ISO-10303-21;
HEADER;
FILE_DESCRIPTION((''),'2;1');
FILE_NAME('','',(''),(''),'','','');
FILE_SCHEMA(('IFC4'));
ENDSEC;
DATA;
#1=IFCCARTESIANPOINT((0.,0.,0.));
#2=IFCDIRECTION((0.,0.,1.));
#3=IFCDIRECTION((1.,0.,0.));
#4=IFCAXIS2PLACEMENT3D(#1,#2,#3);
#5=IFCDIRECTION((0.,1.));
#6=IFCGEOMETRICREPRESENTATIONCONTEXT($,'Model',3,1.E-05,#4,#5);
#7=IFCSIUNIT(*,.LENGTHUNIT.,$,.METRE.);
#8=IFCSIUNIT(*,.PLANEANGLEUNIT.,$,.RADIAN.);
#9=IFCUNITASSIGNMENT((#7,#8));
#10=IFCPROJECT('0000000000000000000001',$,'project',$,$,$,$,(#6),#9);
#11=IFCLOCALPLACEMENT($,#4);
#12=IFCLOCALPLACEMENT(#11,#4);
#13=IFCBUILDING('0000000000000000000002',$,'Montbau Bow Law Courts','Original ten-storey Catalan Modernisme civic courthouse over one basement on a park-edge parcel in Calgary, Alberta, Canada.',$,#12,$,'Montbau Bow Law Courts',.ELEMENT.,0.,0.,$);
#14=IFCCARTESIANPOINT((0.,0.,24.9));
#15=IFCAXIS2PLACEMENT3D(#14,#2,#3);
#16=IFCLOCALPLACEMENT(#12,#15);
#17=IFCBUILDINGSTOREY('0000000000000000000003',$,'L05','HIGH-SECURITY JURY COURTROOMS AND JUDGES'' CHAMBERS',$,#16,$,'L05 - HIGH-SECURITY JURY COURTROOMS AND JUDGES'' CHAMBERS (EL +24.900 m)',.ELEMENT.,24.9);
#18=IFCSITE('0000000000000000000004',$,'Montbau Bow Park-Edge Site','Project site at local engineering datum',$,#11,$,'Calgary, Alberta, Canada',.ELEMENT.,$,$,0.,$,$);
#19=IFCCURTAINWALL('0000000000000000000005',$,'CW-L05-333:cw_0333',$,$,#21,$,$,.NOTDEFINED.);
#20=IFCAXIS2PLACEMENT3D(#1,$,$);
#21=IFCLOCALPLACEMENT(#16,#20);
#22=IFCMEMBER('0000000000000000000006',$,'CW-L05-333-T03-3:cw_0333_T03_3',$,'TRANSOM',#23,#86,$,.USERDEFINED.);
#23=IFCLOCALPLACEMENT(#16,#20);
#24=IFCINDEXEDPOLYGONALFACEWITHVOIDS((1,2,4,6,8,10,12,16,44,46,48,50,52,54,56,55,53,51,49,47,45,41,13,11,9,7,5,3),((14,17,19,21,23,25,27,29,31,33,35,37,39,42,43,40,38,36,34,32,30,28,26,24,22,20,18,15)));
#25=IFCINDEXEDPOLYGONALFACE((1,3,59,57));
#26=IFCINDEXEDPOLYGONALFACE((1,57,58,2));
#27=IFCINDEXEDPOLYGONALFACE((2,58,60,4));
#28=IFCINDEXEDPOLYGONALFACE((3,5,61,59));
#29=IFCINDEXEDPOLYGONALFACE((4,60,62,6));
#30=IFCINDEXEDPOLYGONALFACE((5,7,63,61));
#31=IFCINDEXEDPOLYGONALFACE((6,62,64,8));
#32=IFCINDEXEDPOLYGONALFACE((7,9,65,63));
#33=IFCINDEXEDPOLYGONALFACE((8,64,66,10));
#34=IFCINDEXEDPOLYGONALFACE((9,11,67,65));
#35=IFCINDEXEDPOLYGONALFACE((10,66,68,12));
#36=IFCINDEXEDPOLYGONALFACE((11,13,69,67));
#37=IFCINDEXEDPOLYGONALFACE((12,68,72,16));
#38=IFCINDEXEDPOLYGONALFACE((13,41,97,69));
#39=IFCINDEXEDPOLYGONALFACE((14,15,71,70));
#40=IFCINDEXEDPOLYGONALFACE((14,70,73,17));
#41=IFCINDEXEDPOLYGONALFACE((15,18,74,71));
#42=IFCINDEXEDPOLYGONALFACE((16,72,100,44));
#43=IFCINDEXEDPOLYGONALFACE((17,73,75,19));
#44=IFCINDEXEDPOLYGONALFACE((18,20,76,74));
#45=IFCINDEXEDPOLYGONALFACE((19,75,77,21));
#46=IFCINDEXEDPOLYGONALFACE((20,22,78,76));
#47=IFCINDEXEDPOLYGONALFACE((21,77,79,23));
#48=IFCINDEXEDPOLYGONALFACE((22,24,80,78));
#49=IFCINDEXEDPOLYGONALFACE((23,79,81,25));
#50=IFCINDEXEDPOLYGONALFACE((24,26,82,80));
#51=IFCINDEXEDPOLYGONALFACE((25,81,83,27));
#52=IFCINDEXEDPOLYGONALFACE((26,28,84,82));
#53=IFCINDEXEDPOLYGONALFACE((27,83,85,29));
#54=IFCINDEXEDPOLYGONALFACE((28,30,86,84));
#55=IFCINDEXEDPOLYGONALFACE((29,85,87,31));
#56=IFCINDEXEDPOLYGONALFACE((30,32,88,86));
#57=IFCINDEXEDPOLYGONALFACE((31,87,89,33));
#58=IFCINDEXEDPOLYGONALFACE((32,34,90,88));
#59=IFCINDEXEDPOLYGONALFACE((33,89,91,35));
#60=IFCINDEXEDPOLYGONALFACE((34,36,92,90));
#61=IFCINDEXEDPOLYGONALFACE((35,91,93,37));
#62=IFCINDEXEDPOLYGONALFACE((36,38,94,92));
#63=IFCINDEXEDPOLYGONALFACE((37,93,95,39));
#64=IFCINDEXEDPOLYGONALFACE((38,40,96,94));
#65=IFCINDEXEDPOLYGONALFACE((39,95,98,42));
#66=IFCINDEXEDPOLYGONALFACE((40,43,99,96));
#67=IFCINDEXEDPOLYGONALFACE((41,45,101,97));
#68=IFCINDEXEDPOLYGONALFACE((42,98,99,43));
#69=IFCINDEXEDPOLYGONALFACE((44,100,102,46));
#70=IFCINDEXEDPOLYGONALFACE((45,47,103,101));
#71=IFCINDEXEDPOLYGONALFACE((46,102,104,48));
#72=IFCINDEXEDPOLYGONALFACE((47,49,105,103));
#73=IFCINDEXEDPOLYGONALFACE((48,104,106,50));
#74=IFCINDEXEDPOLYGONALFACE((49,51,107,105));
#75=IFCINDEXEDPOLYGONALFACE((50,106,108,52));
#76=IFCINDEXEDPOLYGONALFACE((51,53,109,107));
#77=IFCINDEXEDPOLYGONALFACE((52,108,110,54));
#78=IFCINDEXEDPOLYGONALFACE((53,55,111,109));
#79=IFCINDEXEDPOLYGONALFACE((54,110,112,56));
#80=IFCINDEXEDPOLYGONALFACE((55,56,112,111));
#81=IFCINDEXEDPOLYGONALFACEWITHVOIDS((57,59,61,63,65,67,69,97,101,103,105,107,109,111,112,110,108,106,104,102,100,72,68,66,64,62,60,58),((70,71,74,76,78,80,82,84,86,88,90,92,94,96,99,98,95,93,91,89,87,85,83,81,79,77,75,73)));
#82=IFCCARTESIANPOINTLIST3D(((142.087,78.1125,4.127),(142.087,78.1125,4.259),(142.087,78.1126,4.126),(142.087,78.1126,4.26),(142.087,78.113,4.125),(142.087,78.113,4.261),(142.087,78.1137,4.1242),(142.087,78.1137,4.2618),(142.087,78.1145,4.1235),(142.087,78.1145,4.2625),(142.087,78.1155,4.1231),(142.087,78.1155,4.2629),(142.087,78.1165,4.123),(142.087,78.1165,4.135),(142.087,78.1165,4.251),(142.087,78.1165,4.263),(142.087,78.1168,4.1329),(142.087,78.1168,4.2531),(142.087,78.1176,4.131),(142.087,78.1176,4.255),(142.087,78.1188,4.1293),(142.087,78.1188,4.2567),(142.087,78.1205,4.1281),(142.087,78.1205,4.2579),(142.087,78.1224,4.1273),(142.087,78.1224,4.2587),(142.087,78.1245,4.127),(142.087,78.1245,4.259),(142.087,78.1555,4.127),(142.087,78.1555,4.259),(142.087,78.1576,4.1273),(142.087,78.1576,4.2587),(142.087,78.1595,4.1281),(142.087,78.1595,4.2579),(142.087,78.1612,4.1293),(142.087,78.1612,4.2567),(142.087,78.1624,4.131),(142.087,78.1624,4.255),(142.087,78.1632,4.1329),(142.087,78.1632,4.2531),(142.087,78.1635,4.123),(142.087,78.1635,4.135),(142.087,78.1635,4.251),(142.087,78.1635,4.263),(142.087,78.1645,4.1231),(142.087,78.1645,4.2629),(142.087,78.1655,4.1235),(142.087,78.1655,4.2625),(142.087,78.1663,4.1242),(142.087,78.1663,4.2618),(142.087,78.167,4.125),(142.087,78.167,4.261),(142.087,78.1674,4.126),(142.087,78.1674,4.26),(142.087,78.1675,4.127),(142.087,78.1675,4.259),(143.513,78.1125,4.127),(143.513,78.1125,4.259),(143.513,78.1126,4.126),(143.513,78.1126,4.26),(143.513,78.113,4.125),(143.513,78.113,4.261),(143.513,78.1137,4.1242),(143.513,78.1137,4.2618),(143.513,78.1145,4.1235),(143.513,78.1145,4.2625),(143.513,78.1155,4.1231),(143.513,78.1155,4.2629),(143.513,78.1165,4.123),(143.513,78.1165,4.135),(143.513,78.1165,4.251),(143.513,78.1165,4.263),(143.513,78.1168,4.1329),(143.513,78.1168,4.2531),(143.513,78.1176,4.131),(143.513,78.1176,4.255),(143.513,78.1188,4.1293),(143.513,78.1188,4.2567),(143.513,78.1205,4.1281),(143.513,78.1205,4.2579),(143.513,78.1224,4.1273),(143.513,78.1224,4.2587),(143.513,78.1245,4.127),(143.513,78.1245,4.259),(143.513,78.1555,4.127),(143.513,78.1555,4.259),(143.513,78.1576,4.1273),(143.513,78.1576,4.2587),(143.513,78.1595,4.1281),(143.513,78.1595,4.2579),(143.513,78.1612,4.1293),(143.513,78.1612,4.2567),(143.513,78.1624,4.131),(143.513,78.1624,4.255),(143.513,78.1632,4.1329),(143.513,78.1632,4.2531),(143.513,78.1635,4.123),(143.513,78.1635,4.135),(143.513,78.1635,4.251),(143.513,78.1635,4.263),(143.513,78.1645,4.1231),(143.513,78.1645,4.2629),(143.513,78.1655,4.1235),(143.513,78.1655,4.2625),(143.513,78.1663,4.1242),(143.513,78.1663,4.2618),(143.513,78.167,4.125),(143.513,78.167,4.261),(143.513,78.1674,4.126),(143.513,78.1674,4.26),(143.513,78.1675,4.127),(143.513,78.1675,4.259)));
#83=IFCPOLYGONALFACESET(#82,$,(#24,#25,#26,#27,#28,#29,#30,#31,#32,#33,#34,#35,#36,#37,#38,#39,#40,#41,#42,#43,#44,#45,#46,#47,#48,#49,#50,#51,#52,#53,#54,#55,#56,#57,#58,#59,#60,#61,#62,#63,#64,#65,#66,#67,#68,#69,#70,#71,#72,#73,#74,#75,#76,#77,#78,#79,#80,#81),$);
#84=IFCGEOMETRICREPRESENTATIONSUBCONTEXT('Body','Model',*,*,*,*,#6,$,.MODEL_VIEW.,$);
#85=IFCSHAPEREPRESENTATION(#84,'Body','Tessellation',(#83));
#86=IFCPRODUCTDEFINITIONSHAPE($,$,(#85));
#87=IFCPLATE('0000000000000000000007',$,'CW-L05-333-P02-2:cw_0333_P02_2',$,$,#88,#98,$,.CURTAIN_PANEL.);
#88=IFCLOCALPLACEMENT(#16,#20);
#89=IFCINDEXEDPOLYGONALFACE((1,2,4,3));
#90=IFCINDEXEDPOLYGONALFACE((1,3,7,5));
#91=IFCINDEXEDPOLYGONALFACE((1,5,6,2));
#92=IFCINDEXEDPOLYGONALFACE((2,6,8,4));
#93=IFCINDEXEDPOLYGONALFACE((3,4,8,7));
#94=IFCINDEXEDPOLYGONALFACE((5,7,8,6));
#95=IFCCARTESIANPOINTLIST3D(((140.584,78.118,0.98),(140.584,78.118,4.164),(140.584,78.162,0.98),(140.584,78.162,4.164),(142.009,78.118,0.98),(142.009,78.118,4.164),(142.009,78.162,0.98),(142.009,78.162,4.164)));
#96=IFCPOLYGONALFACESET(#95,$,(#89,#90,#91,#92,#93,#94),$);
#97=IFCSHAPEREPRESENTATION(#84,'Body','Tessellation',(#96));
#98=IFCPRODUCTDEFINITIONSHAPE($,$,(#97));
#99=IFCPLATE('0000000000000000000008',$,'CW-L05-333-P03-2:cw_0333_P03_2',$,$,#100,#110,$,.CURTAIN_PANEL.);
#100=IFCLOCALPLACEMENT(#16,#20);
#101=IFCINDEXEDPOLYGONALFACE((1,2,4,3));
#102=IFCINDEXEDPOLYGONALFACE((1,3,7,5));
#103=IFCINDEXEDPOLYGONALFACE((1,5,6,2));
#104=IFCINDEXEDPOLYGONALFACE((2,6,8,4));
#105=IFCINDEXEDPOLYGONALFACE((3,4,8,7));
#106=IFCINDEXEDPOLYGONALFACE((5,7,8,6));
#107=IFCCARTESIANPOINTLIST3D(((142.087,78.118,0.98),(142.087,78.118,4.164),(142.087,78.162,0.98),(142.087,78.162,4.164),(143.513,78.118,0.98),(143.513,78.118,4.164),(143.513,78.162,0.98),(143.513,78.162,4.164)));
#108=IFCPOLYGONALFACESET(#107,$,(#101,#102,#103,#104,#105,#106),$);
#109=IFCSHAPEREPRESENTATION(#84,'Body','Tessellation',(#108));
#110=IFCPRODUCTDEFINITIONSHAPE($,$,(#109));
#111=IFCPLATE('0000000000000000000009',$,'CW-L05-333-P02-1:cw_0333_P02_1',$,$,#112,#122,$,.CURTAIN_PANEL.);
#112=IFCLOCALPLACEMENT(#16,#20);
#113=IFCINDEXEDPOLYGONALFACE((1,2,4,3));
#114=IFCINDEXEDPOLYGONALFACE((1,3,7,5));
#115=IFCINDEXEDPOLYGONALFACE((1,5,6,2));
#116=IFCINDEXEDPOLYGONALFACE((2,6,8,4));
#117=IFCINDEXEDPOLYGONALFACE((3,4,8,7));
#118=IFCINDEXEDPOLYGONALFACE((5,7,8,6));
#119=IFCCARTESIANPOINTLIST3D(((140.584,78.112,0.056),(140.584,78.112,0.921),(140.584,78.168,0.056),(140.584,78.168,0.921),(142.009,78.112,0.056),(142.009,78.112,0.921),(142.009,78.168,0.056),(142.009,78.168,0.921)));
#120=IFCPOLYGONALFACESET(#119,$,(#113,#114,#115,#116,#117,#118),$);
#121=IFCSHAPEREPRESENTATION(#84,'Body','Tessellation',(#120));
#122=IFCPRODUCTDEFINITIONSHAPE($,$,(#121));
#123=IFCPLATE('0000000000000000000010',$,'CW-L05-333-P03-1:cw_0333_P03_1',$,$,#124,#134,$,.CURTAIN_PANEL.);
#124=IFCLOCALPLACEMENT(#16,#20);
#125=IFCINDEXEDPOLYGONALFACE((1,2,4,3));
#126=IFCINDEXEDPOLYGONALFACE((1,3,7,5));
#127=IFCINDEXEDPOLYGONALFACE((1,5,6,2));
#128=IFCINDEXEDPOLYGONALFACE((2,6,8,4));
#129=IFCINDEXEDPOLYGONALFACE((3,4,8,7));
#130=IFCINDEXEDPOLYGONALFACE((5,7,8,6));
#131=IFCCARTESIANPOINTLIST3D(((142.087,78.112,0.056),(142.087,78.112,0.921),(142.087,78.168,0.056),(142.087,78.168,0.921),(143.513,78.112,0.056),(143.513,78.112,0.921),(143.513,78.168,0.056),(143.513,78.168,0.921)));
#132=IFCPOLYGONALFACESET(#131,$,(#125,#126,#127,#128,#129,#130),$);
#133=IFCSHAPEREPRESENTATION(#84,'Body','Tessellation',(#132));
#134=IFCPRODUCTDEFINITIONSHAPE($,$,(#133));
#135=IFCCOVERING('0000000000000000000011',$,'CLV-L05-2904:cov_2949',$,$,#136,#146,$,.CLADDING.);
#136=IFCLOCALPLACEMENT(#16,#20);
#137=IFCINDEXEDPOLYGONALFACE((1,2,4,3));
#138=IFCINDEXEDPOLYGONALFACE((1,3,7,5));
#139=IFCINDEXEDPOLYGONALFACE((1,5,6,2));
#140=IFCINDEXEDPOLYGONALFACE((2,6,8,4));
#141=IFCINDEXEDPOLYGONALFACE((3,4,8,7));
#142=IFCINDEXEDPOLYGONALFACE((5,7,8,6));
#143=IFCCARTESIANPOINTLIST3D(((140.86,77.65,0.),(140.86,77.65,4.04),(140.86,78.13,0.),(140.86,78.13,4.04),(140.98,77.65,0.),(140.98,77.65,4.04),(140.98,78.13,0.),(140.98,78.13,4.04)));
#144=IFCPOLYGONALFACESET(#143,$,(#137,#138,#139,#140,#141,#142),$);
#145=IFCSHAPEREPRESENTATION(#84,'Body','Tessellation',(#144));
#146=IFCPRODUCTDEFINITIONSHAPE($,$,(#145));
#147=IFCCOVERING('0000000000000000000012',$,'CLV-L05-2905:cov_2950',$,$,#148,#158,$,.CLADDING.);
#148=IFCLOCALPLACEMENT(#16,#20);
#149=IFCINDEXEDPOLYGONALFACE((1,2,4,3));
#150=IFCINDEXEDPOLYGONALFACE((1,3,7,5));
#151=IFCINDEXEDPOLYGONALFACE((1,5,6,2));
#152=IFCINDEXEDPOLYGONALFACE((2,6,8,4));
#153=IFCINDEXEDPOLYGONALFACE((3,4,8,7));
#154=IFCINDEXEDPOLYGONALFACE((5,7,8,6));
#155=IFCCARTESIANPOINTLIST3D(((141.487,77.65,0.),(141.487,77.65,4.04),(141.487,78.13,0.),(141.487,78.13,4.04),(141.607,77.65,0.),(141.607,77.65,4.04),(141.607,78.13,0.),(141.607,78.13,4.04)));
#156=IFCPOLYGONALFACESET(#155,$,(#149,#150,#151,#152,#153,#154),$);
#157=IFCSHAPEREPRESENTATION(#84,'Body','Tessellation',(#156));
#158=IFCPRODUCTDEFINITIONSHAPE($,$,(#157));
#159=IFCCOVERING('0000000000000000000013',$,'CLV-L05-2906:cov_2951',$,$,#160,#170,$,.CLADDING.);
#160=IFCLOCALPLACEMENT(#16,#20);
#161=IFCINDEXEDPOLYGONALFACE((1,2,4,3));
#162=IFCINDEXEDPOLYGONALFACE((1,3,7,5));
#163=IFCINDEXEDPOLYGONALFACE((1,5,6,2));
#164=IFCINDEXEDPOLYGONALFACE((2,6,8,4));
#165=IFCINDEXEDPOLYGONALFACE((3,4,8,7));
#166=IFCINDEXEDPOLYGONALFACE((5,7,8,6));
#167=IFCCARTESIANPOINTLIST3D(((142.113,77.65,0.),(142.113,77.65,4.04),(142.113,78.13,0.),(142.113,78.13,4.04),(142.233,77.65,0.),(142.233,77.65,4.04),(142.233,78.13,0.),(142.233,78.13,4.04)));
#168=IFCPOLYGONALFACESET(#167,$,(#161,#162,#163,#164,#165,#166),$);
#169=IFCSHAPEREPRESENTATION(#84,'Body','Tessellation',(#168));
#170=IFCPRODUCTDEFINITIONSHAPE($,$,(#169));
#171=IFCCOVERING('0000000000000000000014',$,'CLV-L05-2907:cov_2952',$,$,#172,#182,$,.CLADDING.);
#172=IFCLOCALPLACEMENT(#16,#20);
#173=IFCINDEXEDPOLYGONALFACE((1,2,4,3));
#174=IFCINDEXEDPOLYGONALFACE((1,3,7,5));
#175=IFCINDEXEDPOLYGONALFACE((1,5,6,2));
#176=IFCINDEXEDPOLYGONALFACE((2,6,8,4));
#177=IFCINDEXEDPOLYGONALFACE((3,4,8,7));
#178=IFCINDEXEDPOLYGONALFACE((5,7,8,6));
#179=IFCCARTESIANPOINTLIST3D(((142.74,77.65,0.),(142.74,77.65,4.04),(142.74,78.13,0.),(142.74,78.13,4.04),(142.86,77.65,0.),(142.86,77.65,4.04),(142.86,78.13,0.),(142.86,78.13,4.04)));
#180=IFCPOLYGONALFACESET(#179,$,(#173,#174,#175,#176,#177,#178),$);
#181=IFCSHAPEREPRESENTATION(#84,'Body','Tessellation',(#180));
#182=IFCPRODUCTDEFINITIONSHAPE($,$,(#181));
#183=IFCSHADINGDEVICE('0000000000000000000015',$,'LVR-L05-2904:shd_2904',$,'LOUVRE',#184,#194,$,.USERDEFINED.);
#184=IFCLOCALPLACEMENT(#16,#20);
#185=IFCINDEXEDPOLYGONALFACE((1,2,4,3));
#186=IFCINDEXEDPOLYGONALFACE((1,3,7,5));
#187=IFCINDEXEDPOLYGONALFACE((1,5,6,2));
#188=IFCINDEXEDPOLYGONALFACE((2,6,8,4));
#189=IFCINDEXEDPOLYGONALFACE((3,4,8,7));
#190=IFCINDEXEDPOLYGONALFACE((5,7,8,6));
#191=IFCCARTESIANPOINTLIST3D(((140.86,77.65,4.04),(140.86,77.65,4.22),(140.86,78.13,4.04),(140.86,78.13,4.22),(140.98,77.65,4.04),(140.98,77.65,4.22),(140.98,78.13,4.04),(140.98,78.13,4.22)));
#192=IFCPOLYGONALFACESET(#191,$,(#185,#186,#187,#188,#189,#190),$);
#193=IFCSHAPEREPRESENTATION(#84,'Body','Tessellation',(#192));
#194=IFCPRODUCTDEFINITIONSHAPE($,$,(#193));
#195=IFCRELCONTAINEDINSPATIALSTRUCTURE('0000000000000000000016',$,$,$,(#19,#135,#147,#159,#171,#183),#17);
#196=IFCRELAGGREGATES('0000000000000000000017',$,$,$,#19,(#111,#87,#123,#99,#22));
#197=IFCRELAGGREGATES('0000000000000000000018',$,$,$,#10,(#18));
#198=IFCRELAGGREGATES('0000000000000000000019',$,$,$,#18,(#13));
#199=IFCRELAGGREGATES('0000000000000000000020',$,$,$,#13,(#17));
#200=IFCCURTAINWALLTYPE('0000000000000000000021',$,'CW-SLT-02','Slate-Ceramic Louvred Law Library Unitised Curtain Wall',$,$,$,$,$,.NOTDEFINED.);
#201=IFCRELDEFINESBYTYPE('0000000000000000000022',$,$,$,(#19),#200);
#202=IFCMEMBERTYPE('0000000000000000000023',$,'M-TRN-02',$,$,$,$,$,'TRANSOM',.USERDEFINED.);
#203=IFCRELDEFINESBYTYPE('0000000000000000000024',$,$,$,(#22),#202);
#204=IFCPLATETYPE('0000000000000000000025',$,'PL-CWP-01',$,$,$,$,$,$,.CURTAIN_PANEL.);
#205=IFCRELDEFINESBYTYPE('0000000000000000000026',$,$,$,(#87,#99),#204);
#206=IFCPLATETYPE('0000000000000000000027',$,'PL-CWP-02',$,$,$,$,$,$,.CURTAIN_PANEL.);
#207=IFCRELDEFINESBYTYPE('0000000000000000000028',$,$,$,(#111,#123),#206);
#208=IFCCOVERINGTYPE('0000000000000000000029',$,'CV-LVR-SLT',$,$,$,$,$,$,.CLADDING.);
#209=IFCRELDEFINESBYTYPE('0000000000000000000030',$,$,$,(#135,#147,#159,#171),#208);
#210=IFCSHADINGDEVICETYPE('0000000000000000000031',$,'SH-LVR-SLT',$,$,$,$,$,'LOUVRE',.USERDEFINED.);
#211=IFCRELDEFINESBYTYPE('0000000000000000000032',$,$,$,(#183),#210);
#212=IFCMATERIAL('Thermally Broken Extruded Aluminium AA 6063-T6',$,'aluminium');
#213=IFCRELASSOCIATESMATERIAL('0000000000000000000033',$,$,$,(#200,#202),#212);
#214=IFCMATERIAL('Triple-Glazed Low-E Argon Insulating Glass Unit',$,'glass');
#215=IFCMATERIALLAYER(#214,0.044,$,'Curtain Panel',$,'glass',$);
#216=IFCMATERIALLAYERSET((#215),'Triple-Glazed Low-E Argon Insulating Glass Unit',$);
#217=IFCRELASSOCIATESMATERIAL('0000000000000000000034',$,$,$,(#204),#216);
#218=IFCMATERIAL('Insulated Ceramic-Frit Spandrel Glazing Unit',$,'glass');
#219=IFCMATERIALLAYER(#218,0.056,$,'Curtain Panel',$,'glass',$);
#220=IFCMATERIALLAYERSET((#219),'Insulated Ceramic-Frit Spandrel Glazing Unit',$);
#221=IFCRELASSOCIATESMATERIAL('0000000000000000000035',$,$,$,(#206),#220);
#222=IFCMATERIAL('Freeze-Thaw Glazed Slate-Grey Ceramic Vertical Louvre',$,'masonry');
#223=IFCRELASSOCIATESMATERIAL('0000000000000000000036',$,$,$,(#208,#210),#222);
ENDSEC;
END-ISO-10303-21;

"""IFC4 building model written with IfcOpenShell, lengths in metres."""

from ifc_helpers import new_model, si_unit, direction, frame, frame_2d, origin_with_axes, origin_2d_with_axis, place, context, subcontext, project, spatial, rectangle, hollow_rectangle, extrude, material, layer, layer_set, material_profile, profile_set, type_object, element, aggregate, save


model = new_model("IFC4")

# Units and contexts
model_context = context("Model", 3, precision=1e-05, world=origin_with_axes(), true_north=direction((0.0, 1.0)))
body_context = subcontext(model_context, "Body", "Model", "MODEL_VIEW")
ifc_project = project(units=[si_unit("LENGTHUNIT", "METRE"), si_unit("PLANEANGLEUNIT", "RADIAN")], contexts=[model_context])

# Site, building, storey
site_placement = place(None, origin_with_axes())
site = spatial("IfcSite", under=ifc_project, at=site_placement, Name="Montbau Bow Park-Edge Site", Description="Project site at local engineering datum", LongName="Calgary, Alberta, Canada", CompositionType="ELEMENT", RefElevation=0.0)
building_placement = place(site_placement, origin_with_axes())
building = spatial("IfcBuilding", under=site, at=building_placement, Name="Montbau Bow Law Courts", Description="Original ten-storey Catalan Modernisme civic courthouse over one basement on a park-edge parcel in Calgary, Alberta, Canada.", LongName="Montbau Bow Law Courts", CompositionType="ELEMENT", ElevationOfRefHeight=0.0, ElevationOfTerrain=0.0)
storey_placement = place(building_placement, frame((0.0, 0.0, 24.9), z_axis=(0.0, 0.0, 1.0), x_axis=(1.0, 0.0, 0.0)))
storey = spatial("IfcBuildingStorey", under=building, at=storey_placement, Name="L05", Description="HIGH-SECURITY JURY COURTROOMS AND JUDGES' CHAMBERS", LongName="L05 - HIGH-SECURITY JURY COURTROOMS AND JUDGES' CHAMBERS (EL +24.900 m)", CompositionType="ELEMENT", Elevation=24.9)

# Curtain wall, member, plates
ifc_material_1 = material(Name="Thermally Broken Extruded Aluminium AA 6063-T6", Category="aluminium")
curtain_wall_type = type_object("IfcCurtainWallType", Name="CW-SLT-02", Description="Slate-Ceramic Louvred Law Library Unitised Curtain Wall", PredefinedType="NOTDEFINED", material=ifc_material_1)
curtain_wall_placement = place(None, frame((139.04, 78.14, 24.9), z_axis=(0.0, 0.0, 1.0), x_axis=(1.0, 0.0, 0.0)))
curtain_wall = element("IfcCurtainWall", 1, at=curtain_wall_placement, inside=storey, type_object=curtain_wall_type, Name="CW-L05-333:cw_0333", PredefinedType="NOTDEFINED")
ifc_material_profile_1 = material_profile(ifc_material_1, hollow_rectangle(XDim=0.055, YDim=0.14, WallThickness=0.004, InnerFilletRadius=0.008, OuterFilletRadius=0.004, at=origin_2d_with_axis()), Name="CWT-140X55", Category="Main", Priority=0)
ifc_profile_set_1 = profile_set([ifc_material_profile_1], Name="Thermally Broken Extruded Aluminium AA 6063-T6")
member_type_1 = type_object("IfcMemberType", Name="M-TRN-02", ElementType="TRANSOM", PredefinedType="USERDEFINED", material=ifc_profile_set_1)
member_1_placement = place(None, frame((142.087, 78.14, 29.093), z_axis=(1.0, 0.0, 0.0), x_axis=(0.0, 1.0, 0.0)))
member_1 = element("IfcMember", 2, at=member_1_placement, type_object=member_type_1, Name="CW-L05-333-T03-3:cw_0333_T03_3", ObjectType="TRANSOM", PredefinedType="USERDEFINED", context=body_context, shape_type="SweptSolid", body=[
    extrude(hollow_rectangle(XDim=0.055, YDim=0.14, WallThickness=0.004, InnerFilletRadius=0.008, OuterFilletRadius=0.004, at=origin_2d_with_axis()), origin_with_axes(), (0.0, 0.0, 1.0), 1.426),
])
ifc_material_2 = material(Name="Triple-Glazed Low-E Argon Insulating Glass Unit", Category="glass")
ifc_layer_1 = layer(ifc_material_2, 0.044, Name="Curtain Panel", Category="glass")
ifc_layer_set_1 = layer_set([ifc_layer_1], Name="Triple-Glazed Low-E Argon Insulating Glass Unit")
plate_type_1 = type_object("IfcPlateType", Name="PL-CWP-01", PredefinedType="CURTAIN_PANEL", material=ifc_layer_set_1)
plate_1_placement = place(None, frame((140.584, 78.14, 25.88), z_axis=(0.0, -1.0, 0.0), x_axis=(1.0, 0.0, 0.0)))
plate_1 = element("IfcPlate", 3, at=plate_1_placement, type_object=plate_type_1, Name="CW-L05-333-P02-2:cw_0333_P02_2", PredefinedType="CURTAIN_PANEL", context=body_context, shape_type="SweptSolid", body=[
    extrude(rectangle(XDim=1.425, YDim=3.184, at=frame_2d((0.7125, 1.592), x_axis=(1.0, 0.0))), frame((0.0, 0.0, -0.022), z_axis=(0.0, 0.0, 1.0), x_axis=(1.0, 0.0, 0.0)), (0.0, 0.0, 1.0), 0.044),
])
plate_2_placement = place(None, frame((142.087, 78.14, 25.88), z_axis=(0.0, -1.0, 0.0), x_axis=(1.0, 0.0, 0.0)))
plate_2 = element("IfcPlate", 4, at=plate_2_placement, type_object=plate_type_1, Name="CW-L05-333-P03-2:cw_0333_P03_2", PredefinedType="CURTAIN_PANEL", context=body_context, shape_type="SweptSolid", body=[
    extrude(rectangle(XDim=1.426, YDim=3.184, at=frame_2d((0.713, 1.592), x_axis=(1.0, 0.0))), frame((0.0, 0.0, -0.022), z_axis=(0.0, 0.0, 1.0), x_axis=(1.0, 0.0, 0.0)), (0.0, 0.0, 1.0), 0.044),
])
ifc_material_3 = material(Name="Insulated Ceramic-Frit Spandrel Glazing Unit", Category="glass")
ifc_layer_2 = layer(ifc_material_3, 0.056, Name="Curtain Panel", Category="glass")
ifc_layer_set_2 = layer_set([ifc_layer_2], Name="Insulated Ceramic-Frit Spandrel Glazing Unit")
plate_type_2 = type_object("IfcPlateType", Name="PL-CWP-02", PredefinedType="CURTAIN_PANEL", material=ifc_layer_set_2)
plate_3_placement = place(None, frame((140.584, 78.14, 24.956), z_axis=(0.0, -1.0, 0.0), x_axis=(1.0, 0.0, 0.0)))
plate_3 = element("IfcPlate", 5, at=plate_3_placement, type_object=plate_type_2, Name="CW-L05-333-P02-1:cw_0333_P02_1", PredefinedType="CURTAIN_PANEL", context=body_context, shape_type="SweptSolid", body=[
    extrude(rectangle(XDim=1.425, YDim=0.865, at=frame_2d((0.7125, 0.4325), x_axis=(1.0, 0.0))), frame((0.0, 0.0, -0.028), z_axis=(0.0, 0.0, 1.0), x_axis=(1.0, 0.0, 0.0)), (0.0, 0.0, 1.0), 0.056),
])
plate_4_placement = place(None, frame((142.087, 78.14, 24.956), z_axis=(0.0, -1.0, 0.0), x_axis=(1.0, 0.0, 0.0)))
plate_4 = element("IfcPlate", 6, at=plate_4_placement, type_object=plate_type_2, Name="CW-L05-333-P03-1:cw_0333_P03_1", PredefinedType="CURTAIN_PANEL", context=body_context, shape_type="SweptSolid", body=[
    extrude(rectangle(XDim=1.426, YDim=0.865, at=frame_2d((0.713, 0.4325), x_axis=(1.0, 0.0))), frame((0.0, 0.0, -0.028), z_axis=(0.0, 0.0, 1.0), x_axis=(1.0, 0.0, 0.0)), (0.0, 0.0, 1.0), 0.056),
])
aggregate(curtain_wall, [plate_3, plate_1, plate_4, plate_2, member_1])

# Coverings
ifc_material_4 = material(Name="Freeze-Thaw Glazed Slate-Grey Ceramic Vertical Louvre", Category="masonry")
covering_type = type_object("IfcCoveringType", Name="CV-LVR-SLT", PredefinedType="CLADDING", material=ifc_material_4)
for number, where, z_axis, x_axis, name in (
    (7, (140.92, 78.13, 24.9), (-1.0, 0.0, 0.0), (0.0, -1.0, 0.0), "CLV-L05-2904:cov_2949"),
    (8, (141.547, 78.13, 24.9), (-1.0, 0.0, 0.0), (0.0, -1.0, 0.0), "CLV-L05-2905:cov_2950"),
    (9, (142.173, 78.13, 24.9), (-1.0, 0.0, 0.0), (0.0, -1.0, 0.0), "CLV-L05-2906:cov_2951"),
    (10, (142.8, 78.13, 24.9), (-1.0, 0.0, 0.0), (0.0, -1.0, 0.0), "CLV-L05-2907:cov_2952"),
):
    element("IfcCovering", number, at=place(None, frame(where, z_axis=z_axis, x_axis=x_axis)), inside=storey, type_object=covering_type, Name=name, PredefinedType="CLADDING", context=body_context, shape_type="SweptSolid", body=[
        extrude(rectangle(XDim=0.48, YDim=4.04, at=frame_2d((0.24, 2.02), x_axis=(1.0, 0.0))), frame((0.0, 0.0, -0.06), z_axis=(0.0, 0.0, 1.0), x_axis=(1.0, 0.0, 0.0)), (0.0, 0.0, 1.0), 0.12),
    ])

# Shading device
shading_device_type = type_object("IfcShadingDeviceType", Name="SH-LVR-SLT", ElementType="LOUVRE", PredefinedType="USERDEFINED", material=ifc_material_4)
for number, where, z_axis, x_axis, name in (
    (11, (140.92, 77.89, 28.94), (0.0, 0.0, 1.0), (0.0, -1.0, 0.0), "LVR-L05-2904:shd_2904"),
):
    element("IfcShadingDevice", number, at=place(None, frame(where, z_axis=z_axis, x_axis=x_axis)), inside=storey, type_object=shading_device_type, Name=name, ObjectType="LOUVRE", PredefinedType="USERDEFINED", context=body_context, shape_type="SweptSolid", body=[
        extrude(rectangle(XDim=0.48, YDim=0.12, at=origin_2d_with_axis()), origin_with_axes(), (0.0, 0.0, 1.0), 0.18),
    ])

save(model, "model.ifc")
